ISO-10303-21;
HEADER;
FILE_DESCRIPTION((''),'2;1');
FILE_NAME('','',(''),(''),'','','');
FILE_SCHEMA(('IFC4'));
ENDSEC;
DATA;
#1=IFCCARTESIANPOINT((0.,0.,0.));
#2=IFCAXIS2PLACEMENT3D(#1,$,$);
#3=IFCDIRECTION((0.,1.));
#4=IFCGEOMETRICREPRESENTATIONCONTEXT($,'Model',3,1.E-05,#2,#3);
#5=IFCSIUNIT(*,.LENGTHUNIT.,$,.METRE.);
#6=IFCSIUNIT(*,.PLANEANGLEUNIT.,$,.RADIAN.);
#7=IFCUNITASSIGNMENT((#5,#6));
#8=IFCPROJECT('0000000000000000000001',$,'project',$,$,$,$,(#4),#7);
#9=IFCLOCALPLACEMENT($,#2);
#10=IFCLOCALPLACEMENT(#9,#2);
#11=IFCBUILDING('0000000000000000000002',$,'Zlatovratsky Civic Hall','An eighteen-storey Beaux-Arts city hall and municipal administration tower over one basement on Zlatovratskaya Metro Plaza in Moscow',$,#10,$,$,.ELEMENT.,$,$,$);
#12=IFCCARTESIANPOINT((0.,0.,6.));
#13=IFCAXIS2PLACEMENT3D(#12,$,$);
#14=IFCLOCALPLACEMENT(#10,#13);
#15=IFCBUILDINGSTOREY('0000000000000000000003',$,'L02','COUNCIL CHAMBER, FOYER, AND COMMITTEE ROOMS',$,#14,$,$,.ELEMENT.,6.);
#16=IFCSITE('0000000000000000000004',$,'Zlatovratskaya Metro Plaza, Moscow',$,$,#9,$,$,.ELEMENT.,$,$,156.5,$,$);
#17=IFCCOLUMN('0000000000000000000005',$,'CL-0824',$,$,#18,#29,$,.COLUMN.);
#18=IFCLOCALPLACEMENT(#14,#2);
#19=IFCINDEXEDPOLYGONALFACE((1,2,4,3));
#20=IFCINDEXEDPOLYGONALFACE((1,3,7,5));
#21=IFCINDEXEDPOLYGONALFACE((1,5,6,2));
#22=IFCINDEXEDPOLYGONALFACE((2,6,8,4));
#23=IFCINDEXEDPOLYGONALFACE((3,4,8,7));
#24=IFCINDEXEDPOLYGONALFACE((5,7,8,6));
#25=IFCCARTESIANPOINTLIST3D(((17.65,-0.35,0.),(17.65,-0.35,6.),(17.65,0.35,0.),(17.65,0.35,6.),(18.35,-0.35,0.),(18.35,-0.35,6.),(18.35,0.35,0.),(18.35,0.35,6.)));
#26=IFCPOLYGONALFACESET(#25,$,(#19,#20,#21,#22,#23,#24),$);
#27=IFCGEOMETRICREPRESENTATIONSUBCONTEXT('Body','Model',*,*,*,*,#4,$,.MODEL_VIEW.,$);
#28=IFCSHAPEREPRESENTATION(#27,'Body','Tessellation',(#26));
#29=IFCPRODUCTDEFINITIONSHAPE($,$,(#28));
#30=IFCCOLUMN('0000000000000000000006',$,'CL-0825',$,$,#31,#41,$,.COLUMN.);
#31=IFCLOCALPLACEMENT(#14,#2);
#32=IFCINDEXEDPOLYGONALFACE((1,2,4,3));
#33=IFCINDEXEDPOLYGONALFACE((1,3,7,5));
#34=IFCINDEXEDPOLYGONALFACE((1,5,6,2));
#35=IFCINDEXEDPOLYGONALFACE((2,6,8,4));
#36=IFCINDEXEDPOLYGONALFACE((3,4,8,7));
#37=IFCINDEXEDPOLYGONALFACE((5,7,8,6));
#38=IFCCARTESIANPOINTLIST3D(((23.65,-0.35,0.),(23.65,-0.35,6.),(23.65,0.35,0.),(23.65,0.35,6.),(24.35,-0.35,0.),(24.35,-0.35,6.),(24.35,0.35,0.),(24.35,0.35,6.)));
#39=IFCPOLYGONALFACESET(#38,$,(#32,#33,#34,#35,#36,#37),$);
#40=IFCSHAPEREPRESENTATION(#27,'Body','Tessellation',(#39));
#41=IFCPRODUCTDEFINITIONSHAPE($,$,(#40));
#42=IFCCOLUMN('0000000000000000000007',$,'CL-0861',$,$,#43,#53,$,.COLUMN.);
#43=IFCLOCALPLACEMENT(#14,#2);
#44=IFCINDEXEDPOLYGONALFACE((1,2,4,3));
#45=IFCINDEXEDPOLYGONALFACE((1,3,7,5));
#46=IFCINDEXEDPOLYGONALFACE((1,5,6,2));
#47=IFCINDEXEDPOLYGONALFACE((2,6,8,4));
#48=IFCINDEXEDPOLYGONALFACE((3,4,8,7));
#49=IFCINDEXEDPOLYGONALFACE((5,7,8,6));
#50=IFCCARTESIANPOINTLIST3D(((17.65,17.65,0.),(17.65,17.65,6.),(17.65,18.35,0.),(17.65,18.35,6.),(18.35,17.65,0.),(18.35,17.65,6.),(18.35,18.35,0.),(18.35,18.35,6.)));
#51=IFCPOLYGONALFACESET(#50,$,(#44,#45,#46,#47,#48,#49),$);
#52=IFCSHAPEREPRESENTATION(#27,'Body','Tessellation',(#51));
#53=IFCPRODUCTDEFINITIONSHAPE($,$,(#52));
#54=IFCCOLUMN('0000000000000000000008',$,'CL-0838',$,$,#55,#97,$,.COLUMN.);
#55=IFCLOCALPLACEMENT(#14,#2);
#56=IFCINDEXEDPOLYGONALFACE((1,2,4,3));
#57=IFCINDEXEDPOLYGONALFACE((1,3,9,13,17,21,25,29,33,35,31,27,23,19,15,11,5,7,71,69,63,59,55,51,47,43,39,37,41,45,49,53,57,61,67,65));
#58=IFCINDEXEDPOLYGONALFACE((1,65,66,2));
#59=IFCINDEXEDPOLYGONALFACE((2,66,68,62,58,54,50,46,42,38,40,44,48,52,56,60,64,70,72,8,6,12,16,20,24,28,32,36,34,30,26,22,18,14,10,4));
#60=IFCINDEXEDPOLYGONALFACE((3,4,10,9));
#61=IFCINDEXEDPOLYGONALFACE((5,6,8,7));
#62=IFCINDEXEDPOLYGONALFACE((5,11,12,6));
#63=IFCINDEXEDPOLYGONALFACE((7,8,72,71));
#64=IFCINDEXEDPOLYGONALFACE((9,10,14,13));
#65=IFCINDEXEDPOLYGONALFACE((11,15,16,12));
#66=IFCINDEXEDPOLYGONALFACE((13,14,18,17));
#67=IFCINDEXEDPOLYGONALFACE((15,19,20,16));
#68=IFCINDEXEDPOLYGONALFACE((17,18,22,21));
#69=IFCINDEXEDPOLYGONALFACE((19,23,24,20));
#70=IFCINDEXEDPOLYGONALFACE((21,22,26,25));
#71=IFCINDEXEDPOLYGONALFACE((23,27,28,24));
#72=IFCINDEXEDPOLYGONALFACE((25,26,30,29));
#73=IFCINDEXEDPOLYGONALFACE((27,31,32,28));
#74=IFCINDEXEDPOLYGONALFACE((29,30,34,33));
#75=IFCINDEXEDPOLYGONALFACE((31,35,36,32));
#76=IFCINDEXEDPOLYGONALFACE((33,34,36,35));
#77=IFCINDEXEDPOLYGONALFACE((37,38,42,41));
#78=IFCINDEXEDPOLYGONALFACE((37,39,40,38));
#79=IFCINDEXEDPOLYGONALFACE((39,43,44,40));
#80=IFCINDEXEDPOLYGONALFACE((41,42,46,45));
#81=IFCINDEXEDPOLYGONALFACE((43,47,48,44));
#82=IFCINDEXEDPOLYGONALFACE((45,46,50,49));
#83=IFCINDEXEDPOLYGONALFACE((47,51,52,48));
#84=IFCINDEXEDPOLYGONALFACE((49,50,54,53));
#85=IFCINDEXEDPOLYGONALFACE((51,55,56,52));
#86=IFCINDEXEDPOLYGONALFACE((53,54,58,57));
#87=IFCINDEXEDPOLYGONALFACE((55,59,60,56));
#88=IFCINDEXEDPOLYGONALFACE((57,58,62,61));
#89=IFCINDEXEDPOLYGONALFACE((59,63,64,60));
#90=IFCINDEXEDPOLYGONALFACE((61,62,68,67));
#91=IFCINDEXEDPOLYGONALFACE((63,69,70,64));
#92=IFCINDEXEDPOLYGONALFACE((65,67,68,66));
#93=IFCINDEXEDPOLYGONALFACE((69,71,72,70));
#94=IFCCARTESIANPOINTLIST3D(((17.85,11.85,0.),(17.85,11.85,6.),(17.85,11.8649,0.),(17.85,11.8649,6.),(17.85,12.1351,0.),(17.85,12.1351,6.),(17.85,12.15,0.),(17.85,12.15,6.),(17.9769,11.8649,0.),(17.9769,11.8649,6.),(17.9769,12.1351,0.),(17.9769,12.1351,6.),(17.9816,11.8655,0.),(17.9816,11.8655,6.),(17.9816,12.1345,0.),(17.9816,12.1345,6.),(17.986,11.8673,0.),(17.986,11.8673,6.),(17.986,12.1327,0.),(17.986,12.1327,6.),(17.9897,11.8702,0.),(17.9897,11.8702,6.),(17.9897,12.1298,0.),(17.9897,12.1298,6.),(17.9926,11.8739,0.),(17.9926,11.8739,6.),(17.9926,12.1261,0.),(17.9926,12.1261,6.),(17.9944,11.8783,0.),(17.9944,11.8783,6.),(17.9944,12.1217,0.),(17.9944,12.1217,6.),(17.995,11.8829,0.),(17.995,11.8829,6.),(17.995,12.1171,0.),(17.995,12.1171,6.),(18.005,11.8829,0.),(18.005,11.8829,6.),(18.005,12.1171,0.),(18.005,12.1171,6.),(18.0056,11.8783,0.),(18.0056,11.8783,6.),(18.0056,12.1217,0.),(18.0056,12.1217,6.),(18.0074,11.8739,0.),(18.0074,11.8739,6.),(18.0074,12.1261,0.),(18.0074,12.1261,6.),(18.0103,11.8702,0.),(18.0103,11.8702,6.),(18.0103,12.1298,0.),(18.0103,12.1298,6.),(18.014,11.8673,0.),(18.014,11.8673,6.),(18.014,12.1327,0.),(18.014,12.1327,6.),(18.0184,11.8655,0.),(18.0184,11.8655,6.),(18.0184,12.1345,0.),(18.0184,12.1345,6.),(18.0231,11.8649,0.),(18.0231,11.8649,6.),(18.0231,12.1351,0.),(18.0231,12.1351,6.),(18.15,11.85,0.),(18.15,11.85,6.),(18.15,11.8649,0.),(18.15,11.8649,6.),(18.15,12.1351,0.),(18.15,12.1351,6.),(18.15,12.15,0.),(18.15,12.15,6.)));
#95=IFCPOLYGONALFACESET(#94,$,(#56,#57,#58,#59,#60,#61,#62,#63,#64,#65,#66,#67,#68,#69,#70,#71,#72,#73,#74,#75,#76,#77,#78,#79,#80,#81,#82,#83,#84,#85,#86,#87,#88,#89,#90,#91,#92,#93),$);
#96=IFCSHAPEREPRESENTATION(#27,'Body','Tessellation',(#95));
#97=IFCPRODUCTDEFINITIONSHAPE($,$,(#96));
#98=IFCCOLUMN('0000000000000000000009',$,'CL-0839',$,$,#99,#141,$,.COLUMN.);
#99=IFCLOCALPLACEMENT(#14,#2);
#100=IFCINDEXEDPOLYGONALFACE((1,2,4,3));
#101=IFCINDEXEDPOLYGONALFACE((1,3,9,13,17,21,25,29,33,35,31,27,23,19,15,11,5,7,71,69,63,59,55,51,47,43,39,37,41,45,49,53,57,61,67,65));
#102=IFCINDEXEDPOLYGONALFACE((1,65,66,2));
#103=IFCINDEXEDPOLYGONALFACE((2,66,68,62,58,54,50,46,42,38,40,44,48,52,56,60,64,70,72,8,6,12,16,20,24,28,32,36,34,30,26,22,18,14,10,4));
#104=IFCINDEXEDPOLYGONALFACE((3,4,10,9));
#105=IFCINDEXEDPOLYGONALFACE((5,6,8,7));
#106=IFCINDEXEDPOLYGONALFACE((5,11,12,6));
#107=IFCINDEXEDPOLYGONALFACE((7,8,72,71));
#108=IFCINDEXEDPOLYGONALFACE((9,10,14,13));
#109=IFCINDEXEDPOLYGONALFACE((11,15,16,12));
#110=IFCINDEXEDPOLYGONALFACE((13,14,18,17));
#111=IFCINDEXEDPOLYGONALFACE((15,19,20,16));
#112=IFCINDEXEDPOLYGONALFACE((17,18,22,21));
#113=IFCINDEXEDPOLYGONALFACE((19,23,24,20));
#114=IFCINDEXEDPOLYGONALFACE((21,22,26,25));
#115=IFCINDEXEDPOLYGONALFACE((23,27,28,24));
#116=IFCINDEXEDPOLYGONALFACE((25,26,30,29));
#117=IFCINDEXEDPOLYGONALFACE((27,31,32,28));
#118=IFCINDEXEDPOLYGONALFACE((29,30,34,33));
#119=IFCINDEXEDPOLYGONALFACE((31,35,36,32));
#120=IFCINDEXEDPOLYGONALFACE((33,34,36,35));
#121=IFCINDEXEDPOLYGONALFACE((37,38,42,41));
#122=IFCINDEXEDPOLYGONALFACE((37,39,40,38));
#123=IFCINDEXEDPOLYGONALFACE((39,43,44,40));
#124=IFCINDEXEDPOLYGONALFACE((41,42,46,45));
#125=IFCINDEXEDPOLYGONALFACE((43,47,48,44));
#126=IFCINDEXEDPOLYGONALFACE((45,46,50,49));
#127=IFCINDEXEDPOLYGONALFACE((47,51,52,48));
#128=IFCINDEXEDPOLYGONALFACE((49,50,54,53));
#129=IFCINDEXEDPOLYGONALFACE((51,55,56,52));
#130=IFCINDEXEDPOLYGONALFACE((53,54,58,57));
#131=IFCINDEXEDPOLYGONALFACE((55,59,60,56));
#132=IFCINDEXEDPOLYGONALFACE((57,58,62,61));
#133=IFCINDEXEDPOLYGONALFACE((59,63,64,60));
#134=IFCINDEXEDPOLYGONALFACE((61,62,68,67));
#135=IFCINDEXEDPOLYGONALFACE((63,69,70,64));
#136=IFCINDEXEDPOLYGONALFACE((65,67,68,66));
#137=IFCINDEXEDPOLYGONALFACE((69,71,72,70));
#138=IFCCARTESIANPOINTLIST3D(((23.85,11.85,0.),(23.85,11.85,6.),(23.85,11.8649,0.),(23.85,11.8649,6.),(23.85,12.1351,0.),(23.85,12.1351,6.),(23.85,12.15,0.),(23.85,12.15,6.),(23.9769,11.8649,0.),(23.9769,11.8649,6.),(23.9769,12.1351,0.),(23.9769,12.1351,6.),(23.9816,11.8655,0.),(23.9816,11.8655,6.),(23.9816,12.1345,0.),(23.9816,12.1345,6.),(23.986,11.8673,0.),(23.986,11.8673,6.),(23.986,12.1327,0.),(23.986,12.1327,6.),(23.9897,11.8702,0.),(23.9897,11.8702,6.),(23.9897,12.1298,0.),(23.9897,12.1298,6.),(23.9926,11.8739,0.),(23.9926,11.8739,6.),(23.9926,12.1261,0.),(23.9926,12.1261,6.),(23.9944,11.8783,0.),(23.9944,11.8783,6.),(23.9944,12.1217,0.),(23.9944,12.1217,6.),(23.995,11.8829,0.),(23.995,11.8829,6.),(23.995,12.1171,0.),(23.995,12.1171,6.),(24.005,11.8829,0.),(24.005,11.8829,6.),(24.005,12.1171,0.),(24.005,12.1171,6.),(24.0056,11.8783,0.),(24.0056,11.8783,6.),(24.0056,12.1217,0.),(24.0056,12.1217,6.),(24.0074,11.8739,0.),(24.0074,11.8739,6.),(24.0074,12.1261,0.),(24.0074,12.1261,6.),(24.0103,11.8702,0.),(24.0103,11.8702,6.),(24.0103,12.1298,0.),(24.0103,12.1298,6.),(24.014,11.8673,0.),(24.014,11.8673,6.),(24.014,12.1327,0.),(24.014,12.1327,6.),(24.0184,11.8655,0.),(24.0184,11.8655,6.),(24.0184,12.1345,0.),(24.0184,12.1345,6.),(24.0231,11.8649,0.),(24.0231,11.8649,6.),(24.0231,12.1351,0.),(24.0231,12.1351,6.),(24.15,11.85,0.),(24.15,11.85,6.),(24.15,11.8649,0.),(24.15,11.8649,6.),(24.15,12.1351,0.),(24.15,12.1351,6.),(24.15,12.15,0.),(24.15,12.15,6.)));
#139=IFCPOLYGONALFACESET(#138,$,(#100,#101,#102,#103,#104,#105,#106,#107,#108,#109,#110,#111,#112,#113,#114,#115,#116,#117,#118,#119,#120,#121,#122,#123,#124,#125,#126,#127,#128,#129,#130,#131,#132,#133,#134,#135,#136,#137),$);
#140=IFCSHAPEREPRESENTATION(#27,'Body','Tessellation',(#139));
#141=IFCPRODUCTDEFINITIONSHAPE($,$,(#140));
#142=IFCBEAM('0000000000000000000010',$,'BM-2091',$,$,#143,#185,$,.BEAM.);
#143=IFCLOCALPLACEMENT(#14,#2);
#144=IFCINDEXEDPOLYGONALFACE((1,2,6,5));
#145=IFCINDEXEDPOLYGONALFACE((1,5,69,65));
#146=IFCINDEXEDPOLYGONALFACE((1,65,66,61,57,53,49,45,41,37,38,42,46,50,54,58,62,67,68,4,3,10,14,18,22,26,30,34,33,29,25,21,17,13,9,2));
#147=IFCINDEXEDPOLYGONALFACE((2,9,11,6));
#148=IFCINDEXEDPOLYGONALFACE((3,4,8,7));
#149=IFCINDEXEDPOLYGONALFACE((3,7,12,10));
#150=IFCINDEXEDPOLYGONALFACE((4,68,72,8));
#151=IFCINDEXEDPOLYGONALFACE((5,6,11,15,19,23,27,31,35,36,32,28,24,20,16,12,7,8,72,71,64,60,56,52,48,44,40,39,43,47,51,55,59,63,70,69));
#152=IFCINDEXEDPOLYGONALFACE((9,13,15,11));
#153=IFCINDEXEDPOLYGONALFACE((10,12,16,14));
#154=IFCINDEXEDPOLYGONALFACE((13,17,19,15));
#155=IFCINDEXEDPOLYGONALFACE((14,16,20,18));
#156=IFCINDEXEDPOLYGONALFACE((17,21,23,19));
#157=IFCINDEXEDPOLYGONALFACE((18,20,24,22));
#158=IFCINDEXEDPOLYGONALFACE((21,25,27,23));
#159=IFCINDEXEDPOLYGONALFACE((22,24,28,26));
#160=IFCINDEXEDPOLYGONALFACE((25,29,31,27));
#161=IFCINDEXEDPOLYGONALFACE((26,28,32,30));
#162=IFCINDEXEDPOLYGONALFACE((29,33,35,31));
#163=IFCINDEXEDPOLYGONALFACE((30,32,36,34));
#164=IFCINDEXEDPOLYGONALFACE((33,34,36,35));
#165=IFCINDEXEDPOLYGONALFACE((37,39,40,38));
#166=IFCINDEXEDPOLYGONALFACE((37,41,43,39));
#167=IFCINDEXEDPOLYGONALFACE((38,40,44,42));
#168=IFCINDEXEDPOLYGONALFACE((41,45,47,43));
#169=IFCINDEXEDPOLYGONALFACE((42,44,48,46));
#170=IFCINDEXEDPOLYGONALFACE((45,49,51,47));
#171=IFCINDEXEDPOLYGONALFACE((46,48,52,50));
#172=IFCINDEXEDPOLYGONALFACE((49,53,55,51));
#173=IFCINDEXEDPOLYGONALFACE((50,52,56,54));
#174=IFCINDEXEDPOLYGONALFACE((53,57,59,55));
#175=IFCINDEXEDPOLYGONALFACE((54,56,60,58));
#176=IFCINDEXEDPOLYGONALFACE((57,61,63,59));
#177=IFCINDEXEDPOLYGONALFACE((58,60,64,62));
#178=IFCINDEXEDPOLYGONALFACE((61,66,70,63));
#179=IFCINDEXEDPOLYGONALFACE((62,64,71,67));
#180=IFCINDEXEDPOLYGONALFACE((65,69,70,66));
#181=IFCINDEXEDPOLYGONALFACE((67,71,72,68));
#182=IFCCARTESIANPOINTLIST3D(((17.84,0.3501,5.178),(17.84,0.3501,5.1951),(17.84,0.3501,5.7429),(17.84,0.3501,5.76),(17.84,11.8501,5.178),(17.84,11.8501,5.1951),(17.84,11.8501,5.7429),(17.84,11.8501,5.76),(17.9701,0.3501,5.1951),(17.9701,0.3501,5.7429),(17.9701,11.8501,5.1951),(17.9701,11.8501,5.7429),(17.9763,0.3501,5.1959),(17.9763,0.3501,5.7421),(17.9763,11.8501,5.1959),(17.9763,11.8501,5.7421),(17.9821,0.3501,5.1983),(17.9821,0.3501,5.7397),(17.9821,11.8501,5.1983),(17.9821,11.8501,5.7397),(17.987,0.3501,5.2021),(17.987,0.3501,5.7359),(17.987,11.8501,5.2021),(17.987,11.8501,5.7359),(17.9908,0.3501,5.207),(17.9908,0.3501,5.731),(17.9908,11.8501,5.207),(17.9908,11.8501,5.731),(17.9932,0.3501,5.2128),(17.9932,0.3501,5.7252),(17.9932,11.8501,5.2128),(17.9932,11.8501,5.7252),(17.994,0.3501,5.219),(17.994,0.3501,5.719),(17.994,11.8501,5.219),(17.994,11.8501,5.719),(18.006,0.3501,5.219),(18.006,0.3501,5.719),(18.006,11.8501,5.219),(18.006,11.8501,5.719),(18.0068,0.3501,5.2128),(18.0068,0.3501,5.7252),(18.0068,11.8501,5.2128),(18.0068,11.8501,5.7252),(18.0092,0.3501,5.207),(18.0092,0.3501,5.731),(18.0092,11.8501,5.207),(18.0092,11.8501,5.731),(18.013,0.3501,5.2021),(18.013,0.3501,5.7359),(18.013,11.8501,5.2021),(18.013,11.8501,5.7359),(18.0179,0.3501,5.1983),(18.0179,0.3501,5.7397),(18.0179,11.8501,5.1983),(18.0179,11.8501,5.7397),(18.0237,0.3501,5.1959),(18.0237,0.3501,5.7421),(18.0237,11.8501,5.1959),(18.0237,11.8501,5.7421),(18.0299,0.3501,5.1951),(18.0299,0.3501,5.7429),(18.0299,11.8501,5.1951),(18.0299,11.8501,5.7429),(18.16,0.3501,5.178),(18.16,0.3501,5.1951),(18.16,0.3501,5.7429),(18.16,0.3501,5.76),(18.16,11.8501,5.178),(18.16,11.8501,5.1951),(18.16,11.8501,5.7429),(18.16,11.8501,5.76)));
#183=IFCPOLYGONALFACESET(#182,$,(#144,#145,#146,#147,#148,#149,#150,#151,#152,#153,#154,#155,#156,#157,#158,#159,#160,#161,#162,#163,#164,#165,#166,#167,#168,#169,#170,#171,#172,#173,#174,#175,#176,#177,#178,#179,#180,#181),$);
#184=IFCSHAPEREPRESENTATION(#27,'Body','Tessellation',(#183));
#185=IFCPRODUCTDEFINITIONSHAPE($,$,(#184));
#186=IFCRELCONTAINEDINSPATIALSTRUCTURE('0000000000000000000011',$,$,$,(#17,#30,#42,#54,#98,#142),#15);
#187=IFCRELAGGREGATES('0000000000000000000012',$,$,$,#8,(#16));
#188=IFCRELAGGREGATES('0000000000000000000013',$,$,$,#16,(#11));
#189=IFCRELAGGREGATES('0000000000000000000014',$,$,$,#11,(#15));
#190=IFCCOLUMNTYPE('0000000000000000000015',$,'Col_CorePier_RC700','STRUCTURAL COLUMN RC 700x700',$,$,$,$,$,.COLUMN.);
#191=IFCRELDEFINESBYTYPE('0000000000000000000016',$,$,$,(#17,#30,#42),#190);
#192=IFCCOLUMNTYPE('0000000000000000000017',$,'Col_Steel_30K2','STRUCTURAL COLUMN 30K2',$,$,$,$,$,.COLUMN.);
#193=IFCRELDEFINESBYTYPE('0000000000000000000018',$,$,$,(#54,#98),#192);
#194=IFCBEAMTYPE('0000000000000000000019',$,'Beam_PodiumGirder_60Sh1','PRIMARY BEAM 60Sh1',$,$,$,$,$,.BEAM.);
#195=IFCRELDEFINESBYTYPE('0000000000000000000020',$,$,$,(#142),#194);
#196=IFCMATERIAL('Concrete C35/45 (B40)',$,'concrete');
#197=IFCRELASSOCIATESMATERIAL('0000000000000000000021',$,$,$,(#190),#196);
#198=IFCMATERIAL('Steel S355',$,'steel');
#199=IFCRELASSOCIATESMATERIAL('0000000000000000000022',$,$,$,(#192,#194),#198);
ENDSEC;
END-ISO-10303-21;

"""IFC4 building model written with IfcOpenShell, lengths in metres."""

from ifc_helpers import new_model, si_unit, direction, frame, origin, origin_2d, place, context, subcontext, project, spatial, rectangle, i_section, extrude, material, material_profile, profile_set, type_object, element, save


model = new_model("IFC4")

# Units and contexts
model_context = context("Model", 3, precision=1e-05, world=origin(), true_north=direction((0.0, 1.0)))
body_context = subcontext(model_context, "Body", "Model", "MODEL_VIEW")
ifc_project = project(units=[si_unit("LENGTHUNIT", "METRE"), si_unit("PLANEANGLEUNIT", "RADIAN")], contexts=[model_context])

# Site, building, storey
site_placement = place(None, origin())
site = spatial("IfcSite", under=ifc_project, at=site_placement, Name="Zlatovratskaya Metro Plaza, Moscow", CompositionType="ELEMENT", RefElevation=156.5)
building_placement = place(site_placement, origin())
building = spatial("IfcBuilding", under=site, at=building_placement, Name="Zlatovratsky Civic Hall", Description="An eighteen-storey Beaux-Arts city hall and municipal administration tower over one basement on Zlatovratskaya Metro Plaza in Moscow", CompositionType="ELEMENT")
storey_placement = place(building_placement, frame((0.0, 0.0, 6.0)))
storey = spatial("IfcBuildingStorey", under=building, at=storey_placement, Name="L02", Description="COUNCIL CHAMBER, FOYER, AND COMMITTEE ROOMS", CompositionType="ELEMENT", Elevation=6.0)

# Columns
ifc_material_1 = material(Name="Concrete C35/45 (B40)", Category="concrete")
ifc_material_profile_1 = material_profile(ifc_material_1, rectangle(XDim=0.7, YDim=0.7, at=origin_2d()), Name="RC 700x700")
ifc_profile_set_1 = profile_set([ifc_material_profile_1], Name="Concrete C35/45 (B40)")
column_type_1 = type_object("IfcColumnType", Name="Col_CorePier_RC700", Description="STRUCTURAL COLUMN RC 700x700", PredefinedType="COLUMN", material=ifc_profile_set_1)
for number, where, z_axis, x_axis, name in (
    (1, (18.0, 0.0, 0.0), (0.0, 0.0, 1.0), (1.0, 0.0, 0.0), "CL-0824"),
    (2, (24.0, 0.0, 0.0), (0.0, 0.0, 1.0), (1.0, 0.0, 0.0), "CL-0825"),
    (3, (18.0, 18.0, 0.0), (0.0, 0.0, 1.0), (1.0, 0.0, 0.0), "CL-0861"),
):
    element("IfcColumn", number, at=place(storey_placement, frame(where, z_axis=z_axis, x_axis=x_axis)), inside=storey, type_object=column_type_1, Name=name, PredefinedType="COLUMN", context=body_context, shape_type="SweptSolid", body=[
        extrude(rectangle(XDim=0.7, YDim=0.7, at=origin_2d()), origin(), (0.0, 0.0, 1.0), 6.0),
    ])
ifc_material_2 = material(Name="Steel S355", Category="steel")
ifc_material_profile_2 = material_profile(ifc_material_2, i_section(OverallWidth=0.3, OverallDepth=0.3, WebThickness=0.01, FlangeThickness=0.0149, FilletRadius=0.0181, at=origin_2d()), Name="30K2")
ifc_profile_set_2 = profile_set([ifc_material_profile_2], Name="Steel S355")
column_type_2 = type_object("IfcColumnType", Name="Col_Steel_30K2", Description="STRUCTURAL COLUMN 30K2", PredefinedType="COLUMN", material=ifc_profile_set_2)
for number, where, z_axis, x_axis, name in (
    (4, (18.0, 12.0, 0.0), (0.0, 0.0, 1.0), (1.0, 0.0, 0.0), "CL-0838"),
    (5, (24.0, 12.0, 0.0), (0.0, 0.0, 1.0), (1.0, 0.0, 0.0), "CL-0839"),
):
    element("IfcColumn", number, at=place(storey_placement, frame(where, z_axis=z_axis, x_axis=x_axis)), inside=storey, type_object=column_type_2, Name=name, PredefinedType="COLUMN", context=body_context, shape_type="SweptSolid", body=[
        extrude(i_section(OverallWidth=0.3, OverallDepth=0.3, WebThickness=0.01, FlangeThickness=0.0149, FilletRadius=0.0181, at=origin_2d()), origin(), (0.0, 0.0, 1.0), 6.0),
    ])

# Beam
ifc_material_profile_3 = material_profile(ifc_material_2, i_section(OverallWidth=0.3201, OverallDepth=0.582, WebThickness=0.012, FlangeThickness=0.0171, FilletRadius=0.0239, at=origin_2d()), Name="60Sh1")
ifc_profile_set_3 = profile_set([ifc_material_profile_3], Name="Steel S355")
beam_type_1 = type_object("IfcBeamType", Name="Beam_PodiumGirder_60Sh1", Description="PRIMARY BEAM 60Sh1", PredefinedType="BEAM", material=ifc_profile_set_3)
for number, where, z_axis, x_axis, name in (
    (6, (18.0, 0.3501, 5.469), (0.0, 1.0, 0.0), (-1.0, 0.0, 0.0), "BM-2091"),
):
    element("IfcBeam", number, at=place(storey_placement, frame(where, z_axis=z_axis, x_axis=x_axis)), inside=storey, type_object=beam_type_1, Name=name, PredefinedType="BEAM", context=body_context, shape_type="SweptSolid", body=[
        extrude(i_section(OverallWidth=0.3201, OverallDepth=0.582, WebThickness=0.012, FlangeThickness=0.0171, FilletRadius=0.0239, at=origin_2d()), origin(), (0.0, 0.0, 1.0), 11.5),
    ])

save(model, "model.ifc")
